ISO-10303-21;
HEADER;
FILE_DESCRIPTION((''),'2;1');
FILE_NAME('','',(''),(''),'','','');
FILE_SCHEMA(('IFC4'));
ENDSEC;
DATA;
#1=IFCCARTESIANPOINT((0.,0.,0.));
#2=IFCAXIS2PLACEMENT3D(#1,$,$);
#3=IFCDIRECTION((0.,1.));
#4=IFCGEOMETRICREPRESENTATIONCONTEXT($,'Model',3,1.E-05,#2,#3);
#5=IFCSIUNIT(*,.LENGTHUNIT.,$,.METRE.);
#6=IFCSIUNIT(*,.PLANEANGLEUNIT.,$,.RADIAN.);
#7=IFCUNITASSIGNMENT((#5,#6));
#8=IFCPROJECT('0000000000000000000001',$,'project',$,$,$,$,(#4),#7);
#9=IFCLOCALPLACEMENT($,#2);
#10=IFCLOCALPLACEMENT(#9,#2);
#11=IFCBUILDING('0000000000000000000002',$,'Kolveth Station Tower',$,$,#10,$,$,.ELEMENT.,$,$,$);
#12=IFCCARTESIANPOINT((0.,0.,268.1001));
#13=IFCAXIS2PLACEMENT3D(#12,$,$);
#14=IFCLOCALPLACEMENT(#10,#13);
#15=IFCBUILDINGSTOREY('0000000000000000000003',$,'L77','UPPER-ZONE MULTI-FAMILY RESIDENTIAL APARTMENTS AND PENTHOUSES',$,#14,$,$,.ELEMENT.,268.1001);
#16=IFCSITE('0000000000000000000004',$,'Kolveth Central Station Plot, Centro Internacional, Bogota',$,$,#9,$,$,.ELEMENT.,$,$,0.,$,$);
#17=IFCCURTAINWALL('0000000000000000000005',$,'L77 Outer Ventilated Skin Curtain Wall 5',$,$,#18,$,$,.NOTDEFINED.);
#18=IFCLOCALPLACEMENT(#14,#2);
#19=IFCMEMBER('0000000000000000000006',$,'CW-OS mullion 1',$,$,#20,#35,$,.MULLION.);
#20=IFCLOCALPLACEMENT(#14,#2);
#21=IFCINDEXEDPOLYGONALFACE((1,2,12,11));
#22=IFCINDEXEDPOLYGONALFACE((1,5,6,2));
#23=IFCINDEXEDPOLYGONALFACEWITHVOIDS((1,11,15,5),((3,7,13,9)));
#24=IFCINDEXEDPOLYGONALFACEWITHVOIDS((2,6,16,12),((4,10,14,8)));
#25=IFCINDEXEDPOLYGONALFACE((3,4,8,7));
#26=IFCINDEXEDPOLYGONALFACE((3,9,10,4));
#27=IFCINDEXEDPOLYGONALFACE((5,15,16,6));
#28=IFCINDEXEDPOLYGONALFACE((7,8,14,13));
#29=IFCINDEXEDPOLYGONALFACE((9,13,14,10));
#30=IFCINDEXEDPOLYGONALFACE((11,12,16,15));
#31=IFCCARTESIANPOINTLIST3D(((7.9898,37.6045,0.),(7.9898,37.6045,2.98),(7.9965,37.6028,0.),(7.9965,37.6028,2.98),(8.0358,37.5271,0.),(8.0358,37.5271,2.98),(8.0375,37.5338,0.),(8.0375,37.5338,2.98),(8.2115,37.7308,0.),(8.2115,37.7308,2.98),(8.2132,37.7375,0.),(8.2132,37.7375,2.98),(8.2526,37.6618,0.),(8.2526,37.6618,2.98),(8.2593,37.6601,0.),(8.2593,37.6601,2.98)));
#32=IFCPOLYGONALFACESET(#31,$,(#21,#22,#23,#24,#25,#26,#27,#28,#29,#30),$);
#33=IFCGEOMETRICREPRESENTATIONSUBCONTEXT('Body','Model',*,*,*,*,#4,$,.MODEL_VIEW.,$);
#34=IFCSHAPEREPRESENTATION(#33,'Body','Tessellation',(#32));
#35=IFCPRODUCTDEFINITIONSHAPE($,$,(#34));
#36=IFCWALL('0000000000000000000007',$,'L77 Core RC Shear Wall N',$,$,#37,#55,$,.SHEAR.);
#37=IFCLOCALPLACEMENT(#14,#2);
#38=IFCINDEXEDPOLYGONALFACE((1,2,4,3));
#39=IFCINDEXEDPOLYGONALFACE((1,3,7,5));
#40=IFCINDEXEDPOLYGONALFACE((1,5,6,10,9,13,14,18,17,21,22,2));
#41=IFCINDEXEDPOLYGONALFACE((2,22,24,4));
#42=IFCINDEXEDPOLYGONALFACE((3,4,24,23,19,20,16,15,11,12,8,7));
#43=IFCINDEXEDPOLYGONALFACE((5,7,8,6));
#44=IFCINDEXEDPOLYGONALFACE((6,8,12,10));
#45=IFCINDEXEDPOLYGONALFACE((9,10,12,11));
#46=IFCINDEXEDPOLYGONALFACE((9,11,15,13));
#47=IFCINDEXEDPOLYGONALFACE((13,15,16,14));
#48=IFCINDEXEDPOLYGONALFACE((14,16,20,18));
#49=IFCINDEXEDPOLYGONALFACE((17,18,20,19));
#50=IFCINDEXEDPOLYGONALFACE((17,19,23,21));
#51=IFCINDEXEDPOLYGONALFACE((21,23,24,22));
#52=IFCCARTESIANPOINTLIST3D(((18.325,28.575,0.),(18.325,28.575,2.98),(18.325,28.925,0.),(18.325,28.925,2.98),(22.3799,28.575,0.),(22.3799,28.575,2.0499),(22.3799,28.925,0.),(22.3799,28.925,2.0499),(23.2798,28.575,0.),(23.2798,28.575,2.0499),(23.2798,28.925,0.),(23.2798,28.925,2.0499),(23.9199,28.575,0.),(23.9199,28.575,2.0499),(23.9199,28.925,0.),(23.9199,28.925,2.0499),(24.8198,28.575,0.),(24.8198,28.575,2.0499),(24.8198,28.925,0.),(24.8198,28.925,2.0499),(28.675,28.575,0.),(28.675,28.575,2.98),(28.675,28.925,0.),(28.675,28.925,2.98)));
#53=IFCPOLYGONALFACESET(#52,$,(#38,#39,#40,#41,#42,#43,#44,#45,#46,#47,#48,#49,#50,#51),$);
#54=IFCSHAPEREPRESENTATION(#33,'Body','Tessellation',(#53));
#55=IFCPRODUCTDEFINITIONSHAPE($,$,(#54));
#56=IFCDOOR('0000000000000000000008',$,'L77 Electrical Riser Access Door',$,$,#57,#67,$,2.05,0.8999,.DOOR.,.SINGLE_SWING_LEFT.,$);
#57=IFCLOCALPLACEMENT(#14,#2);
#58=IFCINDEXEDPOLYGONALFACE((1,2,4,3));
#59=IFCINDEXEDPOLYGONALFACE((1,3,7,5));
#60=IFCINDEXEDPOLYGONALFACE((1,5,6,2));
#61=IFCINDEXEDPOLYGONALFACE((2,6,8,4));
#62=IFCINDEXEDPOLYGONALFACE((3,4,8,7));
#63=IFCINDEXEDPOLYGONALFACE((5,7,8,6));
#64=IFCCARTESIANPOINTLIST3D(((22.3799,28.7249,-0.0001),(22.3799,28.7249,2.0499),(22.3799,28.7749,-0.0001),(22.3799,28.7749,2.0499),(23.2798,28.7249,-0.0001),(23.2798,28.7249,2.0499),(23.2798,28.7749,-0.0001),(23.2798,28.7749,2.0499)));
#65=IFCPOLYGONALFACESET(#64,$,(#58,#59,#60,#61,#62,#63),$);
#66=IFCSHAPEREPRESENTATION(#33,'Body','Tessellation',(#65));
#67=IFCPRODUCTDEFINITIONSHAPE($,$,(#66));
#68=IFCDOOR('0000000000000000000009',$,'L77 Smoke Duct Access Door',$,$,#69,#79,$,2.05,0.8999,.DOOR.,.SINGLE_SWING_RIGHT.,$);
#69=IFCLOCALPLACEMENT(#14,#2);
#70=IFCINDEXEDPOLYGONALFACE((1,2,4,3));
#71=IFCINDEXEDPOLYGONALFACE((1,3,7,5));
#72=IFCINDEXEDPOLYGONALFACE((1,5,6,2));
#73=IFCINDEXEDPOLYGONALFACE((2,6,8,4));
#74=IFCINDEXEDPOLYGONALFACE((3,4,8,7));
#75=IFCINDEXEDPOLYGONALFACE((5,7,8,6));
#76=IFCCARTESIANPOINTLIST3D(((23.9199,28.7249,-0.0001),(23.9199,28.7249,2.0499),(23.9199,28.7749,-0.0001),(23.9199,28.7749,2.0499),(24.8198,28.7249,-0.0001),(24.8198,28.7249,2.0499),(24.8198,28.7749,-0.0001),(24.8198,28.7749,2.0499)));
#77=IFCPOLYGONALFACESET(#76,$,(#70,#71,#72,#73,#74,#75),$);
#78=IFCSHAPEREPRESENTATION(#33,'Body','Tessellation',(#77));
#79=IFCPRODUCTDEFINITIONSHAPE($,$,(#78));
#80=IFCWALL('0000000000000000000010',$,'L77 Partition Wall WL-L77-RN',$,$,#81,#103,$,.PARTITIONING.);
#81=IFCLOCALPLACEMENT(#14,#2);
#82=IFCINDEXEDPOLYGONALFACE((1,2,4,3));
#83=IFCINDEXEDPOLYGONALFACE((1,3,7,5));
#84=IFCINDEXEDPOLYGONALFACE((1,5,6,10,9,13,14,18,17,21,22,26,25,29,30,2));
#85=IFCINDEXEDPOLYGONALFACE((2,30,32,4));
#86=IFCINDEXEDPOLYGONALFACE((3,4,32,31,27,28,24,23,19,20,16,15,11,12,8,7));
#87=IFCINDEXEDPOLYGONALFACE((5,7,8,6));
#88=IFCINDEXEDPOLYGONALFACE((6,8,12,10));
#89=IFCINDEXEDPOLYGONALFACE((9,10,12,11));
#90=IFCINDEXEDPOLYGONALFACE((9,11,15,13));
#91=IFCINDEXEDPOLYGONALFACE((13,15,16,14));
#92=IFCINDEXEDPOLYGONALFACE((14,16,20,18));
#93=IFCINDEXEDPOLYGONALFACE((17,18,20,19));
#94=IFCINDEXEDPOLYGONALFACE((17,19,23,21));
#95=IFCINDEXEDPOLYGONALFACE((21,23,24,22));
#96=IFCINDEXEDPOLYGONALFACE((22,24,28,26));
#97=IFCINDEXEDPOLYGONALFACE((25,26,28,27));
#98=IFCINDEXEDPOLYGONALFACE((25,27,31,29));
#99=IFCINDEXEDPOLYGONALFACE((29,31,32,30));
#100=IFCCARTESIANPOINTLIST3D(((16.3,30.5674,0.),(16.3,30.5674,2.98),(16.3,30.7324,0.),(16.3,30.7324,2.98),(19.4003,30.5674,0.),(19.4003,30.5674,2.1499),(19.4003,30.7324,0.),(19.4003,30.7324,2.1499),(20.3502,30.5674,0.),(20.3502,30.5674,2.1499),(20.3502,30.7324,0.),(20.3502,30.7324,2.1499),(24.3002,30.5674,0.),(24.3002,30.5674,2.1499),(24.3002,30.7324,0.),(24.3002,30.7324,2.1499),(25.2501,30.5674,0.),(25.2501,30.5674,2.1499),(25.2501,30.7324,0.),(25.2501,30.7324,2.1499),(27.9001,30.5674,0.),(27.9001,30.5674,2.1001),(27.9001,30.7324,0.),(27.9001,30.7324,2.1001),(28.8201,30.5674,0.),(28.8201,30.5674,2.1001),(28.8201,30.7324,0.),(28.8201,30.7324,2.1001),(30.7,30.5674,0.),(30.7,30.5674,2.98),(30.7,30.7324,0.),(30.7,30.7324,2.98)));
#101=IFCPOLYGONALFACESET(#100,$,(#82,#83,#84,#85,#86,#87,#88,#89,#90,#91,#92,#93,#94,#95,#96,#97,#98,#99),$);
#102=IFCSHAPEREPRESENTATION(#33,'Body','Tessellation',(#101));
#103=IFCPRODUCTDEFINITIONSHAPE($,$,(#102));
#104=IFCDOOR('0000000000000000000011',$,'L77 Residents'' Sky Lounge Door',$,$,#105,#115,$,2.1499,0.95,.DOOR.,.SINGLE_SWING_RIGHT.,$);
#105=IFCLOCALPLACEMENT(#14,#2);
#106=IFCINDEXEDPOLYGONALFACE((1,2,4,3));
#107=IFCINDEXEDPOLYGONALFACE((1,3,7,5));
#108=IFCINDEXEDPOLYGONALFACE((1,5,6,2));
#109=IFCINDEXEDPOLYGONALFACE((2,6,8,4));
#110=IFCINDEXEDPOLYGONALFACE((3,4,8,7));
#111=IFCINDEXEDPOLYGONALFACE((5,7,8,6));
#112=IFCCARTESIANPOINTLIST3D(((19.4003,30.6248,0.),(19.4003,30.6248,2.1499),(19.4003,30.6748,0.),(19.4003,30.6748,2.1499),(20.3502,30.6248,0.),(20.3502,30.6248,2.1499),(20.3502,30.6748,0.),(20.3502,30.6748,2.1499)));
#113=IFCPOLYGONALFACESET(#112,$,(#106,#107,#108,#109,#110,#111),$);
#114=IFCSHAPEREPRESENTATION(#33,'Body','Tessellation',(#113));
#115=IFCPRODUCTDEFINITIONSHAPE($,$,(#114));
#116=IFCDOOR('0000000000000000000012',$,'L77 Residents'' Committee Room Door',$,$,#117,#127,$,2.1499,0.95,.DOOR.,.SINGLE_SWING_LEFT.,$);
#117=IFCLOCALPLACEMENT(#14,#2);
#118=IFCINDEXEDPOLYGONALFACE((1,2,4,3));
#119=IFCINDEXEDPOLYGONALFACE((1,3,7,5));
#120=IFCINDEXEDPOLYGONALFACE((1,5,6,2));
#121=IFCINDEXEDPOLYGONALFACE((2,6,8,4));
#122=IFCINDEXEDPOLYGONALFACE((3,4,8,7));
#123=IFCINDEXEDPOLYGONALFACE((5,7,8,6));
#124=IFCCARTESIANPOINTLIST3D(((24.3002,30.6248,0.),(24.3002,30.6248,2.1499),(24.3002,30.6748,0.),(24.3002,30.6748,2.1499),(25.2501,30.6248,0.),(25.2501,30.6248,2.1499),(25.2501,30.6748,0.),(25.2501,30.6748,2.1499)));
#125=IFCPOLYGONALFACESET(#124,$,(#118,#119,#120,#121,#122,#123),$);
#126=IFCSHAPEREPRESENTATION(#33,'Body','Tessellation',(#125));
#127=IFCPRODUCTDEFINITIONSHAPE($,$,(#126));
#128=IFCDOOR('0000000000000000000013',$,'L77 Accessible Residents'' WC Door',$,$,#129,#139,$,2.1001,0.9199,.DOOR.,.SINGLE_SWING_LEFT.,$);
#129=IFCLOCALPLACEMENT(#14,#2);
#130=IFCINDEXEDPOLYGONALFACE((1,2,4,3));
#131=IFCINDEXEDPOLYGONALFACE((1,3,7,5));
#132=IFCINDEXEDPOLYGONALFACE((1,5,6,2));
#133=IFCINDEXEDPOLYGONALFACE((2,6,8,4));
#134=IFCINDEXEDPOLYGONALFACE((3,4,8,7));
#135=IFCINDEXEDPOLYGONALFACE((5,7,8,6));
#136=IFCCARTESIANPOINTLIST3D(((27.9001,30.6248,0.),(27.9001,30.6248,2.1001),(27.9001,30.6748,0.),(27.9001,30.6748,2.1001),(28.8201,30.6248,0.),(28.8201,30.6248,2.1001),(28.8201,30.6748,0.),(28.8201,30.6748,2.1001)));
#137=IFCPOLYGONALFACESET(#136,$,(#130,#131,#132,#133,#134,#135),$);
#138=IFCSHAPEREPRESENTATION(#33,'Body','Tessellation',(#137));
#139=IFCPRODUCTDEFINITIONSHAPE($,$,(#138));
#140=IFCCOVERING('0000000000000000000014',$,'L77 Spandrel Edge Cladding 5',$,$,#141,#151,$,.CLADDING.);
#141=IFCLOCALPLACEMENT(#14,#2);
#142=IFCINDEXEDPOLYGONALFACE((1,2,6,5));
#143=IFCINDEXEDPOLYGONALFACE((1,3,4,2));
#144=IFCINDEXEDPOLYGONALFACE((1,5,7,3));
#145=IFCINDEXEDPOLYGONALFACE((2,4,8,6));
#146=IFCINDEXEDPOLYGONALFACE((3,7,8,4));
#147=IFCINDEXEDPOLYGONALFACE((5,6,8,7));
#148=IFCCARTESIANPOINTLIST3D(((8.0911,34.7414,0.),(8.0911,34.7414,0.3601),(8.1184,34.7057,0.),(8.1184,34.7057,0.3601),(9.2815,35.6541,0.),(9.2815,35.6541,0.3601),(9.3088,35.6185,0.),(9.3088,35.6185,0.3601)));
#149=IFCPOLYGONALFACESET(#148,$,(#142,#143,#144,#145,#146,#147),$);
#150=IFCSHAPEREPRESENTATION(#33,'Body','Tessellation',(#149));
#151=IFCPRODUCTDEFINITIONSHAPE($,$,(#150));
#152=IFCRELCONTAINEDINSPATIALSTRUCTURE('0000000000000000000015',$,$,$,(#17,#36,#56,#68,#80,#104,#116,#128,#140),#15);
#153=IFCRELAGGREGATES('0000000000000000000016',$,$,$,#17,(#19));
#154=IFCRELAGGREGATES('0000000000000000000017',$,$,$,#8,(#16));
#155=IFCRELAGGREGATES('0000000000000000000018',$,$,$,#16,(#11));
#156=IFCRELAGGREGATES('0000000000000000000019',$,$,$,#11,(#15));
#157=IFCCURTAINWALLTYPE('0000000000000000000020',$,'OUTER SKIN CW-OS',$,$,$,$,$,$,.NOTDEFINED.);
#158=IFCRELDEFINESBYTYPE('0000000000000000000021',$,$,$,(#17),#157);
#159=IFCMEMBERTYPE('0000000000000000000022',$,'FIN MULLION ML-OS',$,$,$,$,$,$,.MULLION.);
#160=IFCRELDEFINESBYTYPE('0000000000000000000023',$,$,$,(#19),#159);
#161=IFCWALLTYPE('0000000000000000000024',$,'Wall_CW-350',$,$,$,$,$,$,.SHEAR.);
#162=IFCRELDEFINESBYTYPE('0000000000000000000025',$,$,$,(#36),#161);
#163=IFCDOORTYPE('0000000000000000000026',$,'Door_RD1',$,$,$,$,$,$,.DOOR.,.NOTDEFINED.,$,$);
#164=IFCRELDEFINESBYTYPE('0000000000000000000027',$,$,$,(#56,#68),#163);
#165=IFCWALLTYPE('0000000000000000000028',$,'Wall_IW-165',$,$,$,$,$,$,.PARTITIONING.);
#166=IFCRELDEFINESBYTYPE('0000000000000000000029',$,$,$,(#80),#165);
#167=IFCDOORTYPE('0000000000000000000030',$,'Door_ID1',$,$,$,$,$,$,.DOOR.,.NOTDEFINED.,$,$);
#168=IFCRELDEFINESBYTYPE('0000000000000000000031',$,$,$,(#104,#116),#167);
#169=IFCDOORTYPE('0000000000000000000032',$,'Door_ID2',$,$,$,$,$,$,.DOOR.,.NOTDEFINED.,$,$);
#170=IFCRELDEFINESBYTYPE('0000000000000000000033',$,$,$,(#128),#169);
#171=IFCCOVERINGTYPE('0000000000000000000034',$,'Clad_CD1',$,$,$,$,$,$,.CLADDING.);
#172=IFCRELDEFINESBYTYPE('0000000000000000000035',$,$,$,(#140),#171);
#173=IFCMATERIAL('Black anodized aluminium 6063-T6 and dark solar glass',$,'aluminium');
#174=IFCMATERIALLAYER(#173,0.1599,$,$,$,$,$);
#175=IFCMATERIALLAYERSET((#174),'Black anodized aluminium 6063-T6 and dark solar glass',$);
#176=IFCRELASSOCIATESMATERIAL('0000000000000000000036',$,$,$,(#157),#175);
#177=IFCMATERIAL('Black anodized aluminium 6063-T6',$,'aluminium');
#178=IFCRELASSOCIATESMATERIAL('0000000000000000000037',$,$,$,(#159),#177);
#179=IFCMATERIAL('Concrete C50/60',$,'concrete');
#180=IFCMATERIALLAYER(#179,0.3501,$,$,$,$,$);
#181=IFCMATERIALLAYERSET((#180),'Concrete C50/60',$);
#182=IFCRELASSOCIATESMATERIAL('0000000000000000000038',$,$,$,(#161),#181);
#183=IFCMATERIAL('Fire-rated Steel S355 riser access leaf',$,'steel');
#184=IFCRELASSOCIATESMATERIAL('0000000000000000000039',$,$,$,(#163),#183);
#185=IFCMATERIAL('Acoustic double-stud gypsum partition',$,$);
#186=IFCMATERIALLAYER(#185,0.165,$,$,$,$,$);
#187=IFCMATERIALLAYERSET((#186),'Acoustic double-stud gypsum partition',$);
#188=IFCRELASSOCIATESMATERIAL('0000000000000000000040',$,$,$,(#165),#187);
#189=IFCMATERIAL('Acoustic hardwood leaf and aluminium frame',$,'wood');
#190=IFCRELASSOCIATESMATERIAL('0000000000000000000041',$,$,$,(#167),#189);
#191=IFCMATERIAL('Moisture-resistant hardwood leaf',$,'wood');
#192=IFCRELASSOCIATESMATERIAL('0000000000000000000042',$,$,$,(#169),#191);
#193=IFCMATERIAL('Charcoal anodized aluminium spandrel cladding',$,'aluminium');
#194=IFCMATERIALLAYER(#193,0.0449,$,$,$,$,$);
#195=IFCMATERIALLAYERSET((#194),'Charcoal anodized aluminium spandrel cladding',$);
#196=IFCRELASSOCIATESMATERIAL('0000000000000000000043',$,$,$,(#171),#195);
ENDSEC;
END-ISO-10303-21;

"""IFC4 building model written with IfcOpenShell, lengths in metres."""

from ifc_helpers import new_model, si_unit, direction, frame, frame_2d, origin, origin_2d, place, context, subcontext, project, spatial, rectangle, hollow_rectangle, extrude, source, transform, mapped, material, layer, layer_set, material_profile, profile_set, type_object, element, fill, aggregate, save


model = new_model("IFC4")

# Units and contexts
model_context = context("Model", 3, precision=1e-05, world=origin(), true_north=direction((0.0, 1.0)))
body_context = subcontext(model_context, "Body", "Model", "MODEL_VIEW")
ifc_project = project(units=[si_unit("LENGTHUNIT", "METRE"), si_unit("PLANEANGLEUNIT", "RADIAN")], contexts=[model_context])

# Site, building, storey
site_placement = place(None, origin())
site = spatial("IfcSite", under=ifc_project, at=site_placement, Name="Kolveth Central Station Plot, Centro Internacional, Bogota", CompositionType="ELEMENT", RefElevation=0.0)
building_placement = place(site_placement, origin())
building = spatial("IfcBuilding", under=site, at=building_placement, Name="Kolveth Station Tower", CompositionType="ELEMENT")
storey_placement = place(building_placement, frame((0.0, 0.0, 268.1001)))
storey = spatial("IfcBuildingStorey", under=building, at=storey_placement, Name="L77", Description="UPPER-ZONE MULTI-FAMILY RESIDENTIAL APARTMENTS AND PENTHOUSES", CompositionType="ELEMENT", Elevation=268.1001)

# Shared definitions
ifc_material_1 = material(Name="Black anodized aluminium 6063-T6", Category="aluminium")

# Curtain wall, member
ifc_material_2 = material(Name="Black anodized aluminium 6063-T6 and dark solar glass", Category="aluminium")
ifc_layer_1 = layer(ifc_material_2, 0.1599)
ifc_layer_set_1 = layer_set([ifc_layer_1], Name="Black anodized aluminium 6063-T6 and dark solar glass")
curtain_wall_type_1 = type_object("IfcCurtainWallType", Name="OUTER SKIN CW-OS", PredefinedType="NOTDEFINED", material=ifc_layer_set_1)
ifc_material_profile_1 = material_profile(ifc_material_1, hollow_rectangle(XDim=0.0901, YDim=0.26, WallThickness=0.0049, at=origin_2d()), Name="ALU-90x260x5")
ifc_profile_set_1 = profile_set([ifc_material_profile_1], Name="Black anodized aluminium 6063-T6")
member_type_1 = type_object("IfcMemberType", Name="FIN MULLION ML-OS", PredefinedType="MULLION", material=ifc_profile_set_1)
shared_shape_1 = source(origin(), body_context, "Body", "SweptSolid", [
    extrude(hollow_rectangle(XDim=0.0901, YDim=0.26, WallThickness=0.0049, at=origin_2d()), origin(), (0.0, 0.0, 1.0), 2.98),
])
curtain_wall_1_placement = place(storey_placement, origin())
curtain_wall_1 = element("IfcCurtainWall", 1, at=curtain_wall_1_placement, inside=storey, type_object=curtain_wall_type_1, Name="L77 Outer Ventilated Skin Curtain Wall 5", PredefinedType="NOTDEFINED")
member_1_placement = place(storey_placement, frame((8.1245, 37.6323, 0.0), z_axis=(0.0, 0.0, 1.0), x_axis=(0.511455, -0.85931, 0.0)))
member_1 = element("IfcMember", 2, at=member_1_placement, type_object=member_type_1, Name="CW-OS mullion 1", PredefinedType="MULLION", context=body_context, shape_type="MappedRepresentation", body=[
    mapped(shared_shape_1, transform((0.0, 0.0, 0.0), x_axis=(1.0, 0.0, 0.0), y_axis=(0.0, 1.0, 0.0), z_axis=(0.0, 0.0, 1.0), scale=1.0)),
])
aggregate(curtain_wall_1, [member_1])

# Walls, openings, doors
ifc_material_3 = material(Name="Concrete C50/60", Category="concrete")
ifc_layer_2 = layer(ifc_material_3, 0.3501)
ifc_layer_set_2 = layer_set([ifc_layer_2], Name="Concrete C50/60")
wall_type_1 = type_object("IfcWallType", Name="Wall_CW-350", PredefinedType="SHEAR", material=ifc_layer_set_2)
wall_1_placement = place(storey_placement, frame((18.325, 28.75, 0.0), z_axis=(0.0, 0.0, 1.0), x_axis=(1.0, 0.0, 0.0)))
wall_1 = element("IfcWall", 3, at=wall_1_placement, inside=storey, type_object=wall_type_1, Name="L77 Core RC Shear Wall N", PredefinedType="SHEAR", context=body_context, shape_type="SweptSolid", body=[
    extrude(rectangle(XDim=10.3501, YDim=0.3501, at=frame_2d((5.175, 0.0))), origin(), (0.0, 0.0, 1.0), 2.98),
])
opening_1_placement = place(wall_1_placement, frame((4.0549, 0.0, 0.0)))
opening_1 = element("IfcOpeningElement", 4, at=opening_1_placement, cuts=wall_1, PredefinedType="OPENING", context=body_context, shape_type="SweptSolid", body=[
    extrude(rectangle(XDim=0.8999, YDim=2.05, at=frame_2d((0.45, 1.0249))), frame((0.0, 0.1851, 0.0), z_axis=(0.0, -1.0, 0.0), x_axis=(1.0, 0.0, 0.0)), (0.0, 0.0, 1.0), 0.3701),
])
opening_2_placement = place(wall_1_placement, frame((5.595, 0.0, 0.0)))
opening_2 = element("IfcOpeningElement", 5, at=opening_2_placement, cuts=wall_1, PredefinedType="OPENING", context=body_context, shape_type="SweptSolid", body=[
    extrude(rectangle(XDim=0.8999, YDim=2.05, at=frame_2d((0.45, 1.0249))), frame((0.0, 0.1851, 0.0), z_axis=(0.0, -1.0, 0.0), x_axis=(1.0, 0.0, 0.0)), (0.0, 0.0, 1.0), 0.3701),
])
ifc_material_4 = material(Name="Fire-rated Steel S355 riser access leaf", Category="steel")
door_type_1 = type_object("IfcDoorType", Name="Door_RD1", OperationType="NOTDEFINED", PredefinedType="DOOR", material=ifc_material_4)
door_1_placement = place(opening_1_placement, origin())
door_1 = element("IfcDoor", 6, at=door_1_placement, inside=storey, type_object=door_type_1, Name="L77 Electrical Riser Access Door", OperationType="SINGLE_SWING_LEFT", OverallHeight=2.05, OverallWidth=0.8999, PredefinedType="DOOR", context=body_context, shape_type="SweptSolid", body=[
    extrude(rectangle(XDim=0.8999, YDim=2.05, at=frame_2d((0.45, 1.0249))), frame((0.0, 0.0249, 0.0), z_axis=(0.0, -1.0, 0.0), x_axis=(1.0, 0.0, 0.0)), (0.0, 0.0, 1.0), 0.05),
])
fill(opening_1, door_1)
door_2_placement = place(opening_2_placement, origin())
door_2 = element("IfcDoor", 7, at=door_2_placement, inside=storey, type_object=door_type_1, Name="L77 Smoke Duct Access Door", OperationType="SINGLE_SWING_RIGHT", OverallHeight=2.05, OverallWidth=0.8999, PredefinedType="DOOR", context=body_context, shape_type="SweptSolid", body=[
    extrude(rectangle(XDim=0.8999, YDim=2.05, at=frame_2d((0.45, 1.0249))), frame((0.0, 0.0249, 0.0), z_axis=(0.0, -1.0, 0.0), x_axis=(1.0, 0.0, 0.0)), (0.0, 0.0, 1.0), 0.05),
])
fill(opening_2, door_2)
ifc_material_5 = material(Name="Acoustic double-stud gypsum partition")
ifc_layer_3 = layer(ifc_material_5, 0.165)
ifc_layer_set_3 = layer_set([ifc_layer_3], Name="Acoustic double-stud gypsum partition")
wall_type_2 = type_object("IfcWallType", Name="Wall_IW-165", PredefinedType="PARTITIONING", material=ifc_layer_set_3)
wall_2_placement = place(storey_placement, frame((16.3, 30.6499, 0.0), z_axis=(0.0, 0.0, 1.0), x_axis=(1.0, 0.0, 0.0)))
wall_2 = element("IfcWall", 8, at=wall_2_placement, inside=storey, type_object=wall_type_2, Name="L77 Partition Wall WL-L77-RN", PredefinedType="PARTITIONING", context=body_context, shape_type="SweptSolid", body=[
    extrude(rectangle(XDim=14.3999, YDim=0.165, at=frame_2d((7.2, 0.0))), origin(), (0.0, 0.0, 1.0), 2.98),
])
opening_3_placement = place(wall_2_placement, frame((3.1001, 0.0, 0.0)))
opening_3 = element("IfcOpeningElement", 9, at=opening_3_placement, cuts=wall_2, PredefinedType="OPENING", context=body_context, shape_type="SweptSolid", body=[
    extrude(rectangle(XDim=0.95, YDim=2.1499, at=frame_2d((0.4751, 1.075))), frame((0.0, 0.0925, 0.0), z_axis=(0.0, -1.0, 0.0), x_axis=(1.0, 0.0, 0.0)), (0.0, 0.0, 1.0), 0.1851),
])
opening_4_placement = place(wall_2_placement, frame((8.0, 0.0, 0.0)))
opening_4 = element("IfcOpeningElement", 10, at=opening_4_placement, cuts=wall_2, PredefinedType="OPENING", context=body_context, shape_type="SweptSolid", body=[
    extrude(rectangle(XDim=0.95, YDim=2.1499, at=frame_2d((0.4751, 1.075))), frame((0.0, 0.0925, 0.0), z_axis=(0.0, -1.0, 0.0), x_axis=(1.0, 0.0, 0.0)), (0.0, 0.0, 1.0), 0.1851),
])
opening_5_placement = place(wall_2_placement, frame((11.6001, 0.0, 0.0)))
opening_5 = element("IfcOpeningElement", 11, at=opening_5_placement, cuts=wall_2, PredefinedType="OPENING", context=body_context, shape_type="SweptSolid", body=[
    extrude(rectangle(XDim=0.9199, YDim=2.1001, at=frame_2d((0.46, 1.05))), frame((0.0, 0.0925, 0.0), z_axis=(0.0, -1.0, 0.0), x_axis=(1.0, 0.0, 0.0)), (0.0, 0.0, 1.0), 0.1851),
])
ifc_material_6 = material(Name="Acoustic hardwood leaf and aluminium frame", Category="wood")
door_type_2 = type_object("IfcDoorType", Name="Door_ID1", OperationType="NOTDEFINED", PredefinedType="DOOR", material=ifc_material_6)
door_3_placement = place(opening_3_placement, origin())
door_3 = element("IfcDoor", 12, at=door_3_placement, inside=storey, type_object=door_type_2, Name="L77 Residents' Sky Lounge Door", OperationType="SINGLE_SWING_RIGHT", OverallHeight=2.1499, OverallWidth=0.95, PredefinedType="DOOR", context=body_context, shape_type="SweptSolid", body=[
    extrude(rectangle(XDim=0.95, YDim=2.1499, at=frame_2d((0.4751, 1.075))), frame((0.0, 0.0249, 0.0), z_axis=(0.0, -1.0, 0.0), x_axis=(1.0, 0.0, 0.0)), (0.0, 0.0, 1.0), 0.05),
])
fill(opening_3, door_3)
door_4_placement = place(opening_4_placement, origin())
door_4 = element("IfcDoor", 13, at=door_4_placement, inside=storey, type_object=door_type_2, Name="L77 Residents' Committee Room Door", OperationType="SINGLE_SWING_LEFT", OverallHeight=2.1499, OverallWidth=0.95, PredefinedType="DOOR", context=body_context, shape_type="SweptSolid", body=[
    extrude(rectangle(XDim=0.95, YDim=2.1499, at=frame_2d((0.4751, 1.075))), frame((0.0, 0.0249, 0.0), z_axis=(0.0, -1.0, 0.0), x_axis=(1.0, 0.0, 0.0)), (0.0, 0.0, 1.0), 0.05),
])
fill(opening_4, door_4)
ifc_material_7 = material(Name="Moisture-resistant hardwood leaf", Category="wood")
door_type_3 = type_object("IfcDoorType", Name="Door_ID2", OperationType="NOTDEFINED", PredefinedType="DOOR", material=ifc_material_7)
door_5_placement = place(opening_5_placement, origin())
door_5 = element("IfcDoor", 14, at=door_5_placement, inside=storey, type_object=door_type_3, Name="L77 Accessible Residents' WC Door", OperationType="SINGLE_SWING_LEFT", OverallHeight=2.1001, OverallWidth=0.9199, PredefinedType="DOOR", context=body_context, shape_type="SweptSolid", body=[
    extrude(rectangle(XDim=0.9199, YDim=2.1001, at=frame_2d((0.46, 1.05))), frame((0.0, 0.0249, 0.0), z_axis=(0.0, -1.0, 0.0), x_axis=(1.0, 0.0, 0.0)), (0.0, 0.0, 1.0), 0.05),
])
fill(opening_5, door_5)

# Covering
ifc_material_8 = material(Name="Charcoal anodized aluminium spandrel cladding", Category="aluminium")
ifc_layer_4 = layer(ifc_material_8, 0.0449)
ifc_layer_set_4 = layer_set([ifc_layer_4], Name="Charcoal anodized aluminium spandrel cladding")
covering_type = type_object("IfcCoveringType", Name="Clad_CD1", PredefinedType="CLADDING", material=ifc_layer_set_4)
shared_shape_2 = source(origin(), body_context, "Body", "SweptSolid", [
    extrude(rectangle(XDim=1.5, YDim=0.0449, at=origin_2d()), origin(), (0.0, 0.0, 1.0), 0.3601),
])
covering_placement = place(storey_placement, frame((8.7, 35.1799, 0.0), z_axis=(0.0, 0.0, 1.0), x_axis=(-0.793566, -0.608484, 0.0)))
element("IfcCovering", 15, at=covering_placement, inside=storey, type_object=covering_type, Name="L77 Spandrel Edge Cladding 5", PredefinedType="CLADDING", context=body_context, shape_type="MappedRepresentation", body=[
    mapped(shared_shape_2, transform((0.0, 0.0, 0.0), x_axis=(1.0, 0.0, 0.0), y_axis=(0.0, 1.0, 0.0), z_axis=(0.0, 0.0, 1.0), scale=1.0)),
])

save(model, "model.ifc")
